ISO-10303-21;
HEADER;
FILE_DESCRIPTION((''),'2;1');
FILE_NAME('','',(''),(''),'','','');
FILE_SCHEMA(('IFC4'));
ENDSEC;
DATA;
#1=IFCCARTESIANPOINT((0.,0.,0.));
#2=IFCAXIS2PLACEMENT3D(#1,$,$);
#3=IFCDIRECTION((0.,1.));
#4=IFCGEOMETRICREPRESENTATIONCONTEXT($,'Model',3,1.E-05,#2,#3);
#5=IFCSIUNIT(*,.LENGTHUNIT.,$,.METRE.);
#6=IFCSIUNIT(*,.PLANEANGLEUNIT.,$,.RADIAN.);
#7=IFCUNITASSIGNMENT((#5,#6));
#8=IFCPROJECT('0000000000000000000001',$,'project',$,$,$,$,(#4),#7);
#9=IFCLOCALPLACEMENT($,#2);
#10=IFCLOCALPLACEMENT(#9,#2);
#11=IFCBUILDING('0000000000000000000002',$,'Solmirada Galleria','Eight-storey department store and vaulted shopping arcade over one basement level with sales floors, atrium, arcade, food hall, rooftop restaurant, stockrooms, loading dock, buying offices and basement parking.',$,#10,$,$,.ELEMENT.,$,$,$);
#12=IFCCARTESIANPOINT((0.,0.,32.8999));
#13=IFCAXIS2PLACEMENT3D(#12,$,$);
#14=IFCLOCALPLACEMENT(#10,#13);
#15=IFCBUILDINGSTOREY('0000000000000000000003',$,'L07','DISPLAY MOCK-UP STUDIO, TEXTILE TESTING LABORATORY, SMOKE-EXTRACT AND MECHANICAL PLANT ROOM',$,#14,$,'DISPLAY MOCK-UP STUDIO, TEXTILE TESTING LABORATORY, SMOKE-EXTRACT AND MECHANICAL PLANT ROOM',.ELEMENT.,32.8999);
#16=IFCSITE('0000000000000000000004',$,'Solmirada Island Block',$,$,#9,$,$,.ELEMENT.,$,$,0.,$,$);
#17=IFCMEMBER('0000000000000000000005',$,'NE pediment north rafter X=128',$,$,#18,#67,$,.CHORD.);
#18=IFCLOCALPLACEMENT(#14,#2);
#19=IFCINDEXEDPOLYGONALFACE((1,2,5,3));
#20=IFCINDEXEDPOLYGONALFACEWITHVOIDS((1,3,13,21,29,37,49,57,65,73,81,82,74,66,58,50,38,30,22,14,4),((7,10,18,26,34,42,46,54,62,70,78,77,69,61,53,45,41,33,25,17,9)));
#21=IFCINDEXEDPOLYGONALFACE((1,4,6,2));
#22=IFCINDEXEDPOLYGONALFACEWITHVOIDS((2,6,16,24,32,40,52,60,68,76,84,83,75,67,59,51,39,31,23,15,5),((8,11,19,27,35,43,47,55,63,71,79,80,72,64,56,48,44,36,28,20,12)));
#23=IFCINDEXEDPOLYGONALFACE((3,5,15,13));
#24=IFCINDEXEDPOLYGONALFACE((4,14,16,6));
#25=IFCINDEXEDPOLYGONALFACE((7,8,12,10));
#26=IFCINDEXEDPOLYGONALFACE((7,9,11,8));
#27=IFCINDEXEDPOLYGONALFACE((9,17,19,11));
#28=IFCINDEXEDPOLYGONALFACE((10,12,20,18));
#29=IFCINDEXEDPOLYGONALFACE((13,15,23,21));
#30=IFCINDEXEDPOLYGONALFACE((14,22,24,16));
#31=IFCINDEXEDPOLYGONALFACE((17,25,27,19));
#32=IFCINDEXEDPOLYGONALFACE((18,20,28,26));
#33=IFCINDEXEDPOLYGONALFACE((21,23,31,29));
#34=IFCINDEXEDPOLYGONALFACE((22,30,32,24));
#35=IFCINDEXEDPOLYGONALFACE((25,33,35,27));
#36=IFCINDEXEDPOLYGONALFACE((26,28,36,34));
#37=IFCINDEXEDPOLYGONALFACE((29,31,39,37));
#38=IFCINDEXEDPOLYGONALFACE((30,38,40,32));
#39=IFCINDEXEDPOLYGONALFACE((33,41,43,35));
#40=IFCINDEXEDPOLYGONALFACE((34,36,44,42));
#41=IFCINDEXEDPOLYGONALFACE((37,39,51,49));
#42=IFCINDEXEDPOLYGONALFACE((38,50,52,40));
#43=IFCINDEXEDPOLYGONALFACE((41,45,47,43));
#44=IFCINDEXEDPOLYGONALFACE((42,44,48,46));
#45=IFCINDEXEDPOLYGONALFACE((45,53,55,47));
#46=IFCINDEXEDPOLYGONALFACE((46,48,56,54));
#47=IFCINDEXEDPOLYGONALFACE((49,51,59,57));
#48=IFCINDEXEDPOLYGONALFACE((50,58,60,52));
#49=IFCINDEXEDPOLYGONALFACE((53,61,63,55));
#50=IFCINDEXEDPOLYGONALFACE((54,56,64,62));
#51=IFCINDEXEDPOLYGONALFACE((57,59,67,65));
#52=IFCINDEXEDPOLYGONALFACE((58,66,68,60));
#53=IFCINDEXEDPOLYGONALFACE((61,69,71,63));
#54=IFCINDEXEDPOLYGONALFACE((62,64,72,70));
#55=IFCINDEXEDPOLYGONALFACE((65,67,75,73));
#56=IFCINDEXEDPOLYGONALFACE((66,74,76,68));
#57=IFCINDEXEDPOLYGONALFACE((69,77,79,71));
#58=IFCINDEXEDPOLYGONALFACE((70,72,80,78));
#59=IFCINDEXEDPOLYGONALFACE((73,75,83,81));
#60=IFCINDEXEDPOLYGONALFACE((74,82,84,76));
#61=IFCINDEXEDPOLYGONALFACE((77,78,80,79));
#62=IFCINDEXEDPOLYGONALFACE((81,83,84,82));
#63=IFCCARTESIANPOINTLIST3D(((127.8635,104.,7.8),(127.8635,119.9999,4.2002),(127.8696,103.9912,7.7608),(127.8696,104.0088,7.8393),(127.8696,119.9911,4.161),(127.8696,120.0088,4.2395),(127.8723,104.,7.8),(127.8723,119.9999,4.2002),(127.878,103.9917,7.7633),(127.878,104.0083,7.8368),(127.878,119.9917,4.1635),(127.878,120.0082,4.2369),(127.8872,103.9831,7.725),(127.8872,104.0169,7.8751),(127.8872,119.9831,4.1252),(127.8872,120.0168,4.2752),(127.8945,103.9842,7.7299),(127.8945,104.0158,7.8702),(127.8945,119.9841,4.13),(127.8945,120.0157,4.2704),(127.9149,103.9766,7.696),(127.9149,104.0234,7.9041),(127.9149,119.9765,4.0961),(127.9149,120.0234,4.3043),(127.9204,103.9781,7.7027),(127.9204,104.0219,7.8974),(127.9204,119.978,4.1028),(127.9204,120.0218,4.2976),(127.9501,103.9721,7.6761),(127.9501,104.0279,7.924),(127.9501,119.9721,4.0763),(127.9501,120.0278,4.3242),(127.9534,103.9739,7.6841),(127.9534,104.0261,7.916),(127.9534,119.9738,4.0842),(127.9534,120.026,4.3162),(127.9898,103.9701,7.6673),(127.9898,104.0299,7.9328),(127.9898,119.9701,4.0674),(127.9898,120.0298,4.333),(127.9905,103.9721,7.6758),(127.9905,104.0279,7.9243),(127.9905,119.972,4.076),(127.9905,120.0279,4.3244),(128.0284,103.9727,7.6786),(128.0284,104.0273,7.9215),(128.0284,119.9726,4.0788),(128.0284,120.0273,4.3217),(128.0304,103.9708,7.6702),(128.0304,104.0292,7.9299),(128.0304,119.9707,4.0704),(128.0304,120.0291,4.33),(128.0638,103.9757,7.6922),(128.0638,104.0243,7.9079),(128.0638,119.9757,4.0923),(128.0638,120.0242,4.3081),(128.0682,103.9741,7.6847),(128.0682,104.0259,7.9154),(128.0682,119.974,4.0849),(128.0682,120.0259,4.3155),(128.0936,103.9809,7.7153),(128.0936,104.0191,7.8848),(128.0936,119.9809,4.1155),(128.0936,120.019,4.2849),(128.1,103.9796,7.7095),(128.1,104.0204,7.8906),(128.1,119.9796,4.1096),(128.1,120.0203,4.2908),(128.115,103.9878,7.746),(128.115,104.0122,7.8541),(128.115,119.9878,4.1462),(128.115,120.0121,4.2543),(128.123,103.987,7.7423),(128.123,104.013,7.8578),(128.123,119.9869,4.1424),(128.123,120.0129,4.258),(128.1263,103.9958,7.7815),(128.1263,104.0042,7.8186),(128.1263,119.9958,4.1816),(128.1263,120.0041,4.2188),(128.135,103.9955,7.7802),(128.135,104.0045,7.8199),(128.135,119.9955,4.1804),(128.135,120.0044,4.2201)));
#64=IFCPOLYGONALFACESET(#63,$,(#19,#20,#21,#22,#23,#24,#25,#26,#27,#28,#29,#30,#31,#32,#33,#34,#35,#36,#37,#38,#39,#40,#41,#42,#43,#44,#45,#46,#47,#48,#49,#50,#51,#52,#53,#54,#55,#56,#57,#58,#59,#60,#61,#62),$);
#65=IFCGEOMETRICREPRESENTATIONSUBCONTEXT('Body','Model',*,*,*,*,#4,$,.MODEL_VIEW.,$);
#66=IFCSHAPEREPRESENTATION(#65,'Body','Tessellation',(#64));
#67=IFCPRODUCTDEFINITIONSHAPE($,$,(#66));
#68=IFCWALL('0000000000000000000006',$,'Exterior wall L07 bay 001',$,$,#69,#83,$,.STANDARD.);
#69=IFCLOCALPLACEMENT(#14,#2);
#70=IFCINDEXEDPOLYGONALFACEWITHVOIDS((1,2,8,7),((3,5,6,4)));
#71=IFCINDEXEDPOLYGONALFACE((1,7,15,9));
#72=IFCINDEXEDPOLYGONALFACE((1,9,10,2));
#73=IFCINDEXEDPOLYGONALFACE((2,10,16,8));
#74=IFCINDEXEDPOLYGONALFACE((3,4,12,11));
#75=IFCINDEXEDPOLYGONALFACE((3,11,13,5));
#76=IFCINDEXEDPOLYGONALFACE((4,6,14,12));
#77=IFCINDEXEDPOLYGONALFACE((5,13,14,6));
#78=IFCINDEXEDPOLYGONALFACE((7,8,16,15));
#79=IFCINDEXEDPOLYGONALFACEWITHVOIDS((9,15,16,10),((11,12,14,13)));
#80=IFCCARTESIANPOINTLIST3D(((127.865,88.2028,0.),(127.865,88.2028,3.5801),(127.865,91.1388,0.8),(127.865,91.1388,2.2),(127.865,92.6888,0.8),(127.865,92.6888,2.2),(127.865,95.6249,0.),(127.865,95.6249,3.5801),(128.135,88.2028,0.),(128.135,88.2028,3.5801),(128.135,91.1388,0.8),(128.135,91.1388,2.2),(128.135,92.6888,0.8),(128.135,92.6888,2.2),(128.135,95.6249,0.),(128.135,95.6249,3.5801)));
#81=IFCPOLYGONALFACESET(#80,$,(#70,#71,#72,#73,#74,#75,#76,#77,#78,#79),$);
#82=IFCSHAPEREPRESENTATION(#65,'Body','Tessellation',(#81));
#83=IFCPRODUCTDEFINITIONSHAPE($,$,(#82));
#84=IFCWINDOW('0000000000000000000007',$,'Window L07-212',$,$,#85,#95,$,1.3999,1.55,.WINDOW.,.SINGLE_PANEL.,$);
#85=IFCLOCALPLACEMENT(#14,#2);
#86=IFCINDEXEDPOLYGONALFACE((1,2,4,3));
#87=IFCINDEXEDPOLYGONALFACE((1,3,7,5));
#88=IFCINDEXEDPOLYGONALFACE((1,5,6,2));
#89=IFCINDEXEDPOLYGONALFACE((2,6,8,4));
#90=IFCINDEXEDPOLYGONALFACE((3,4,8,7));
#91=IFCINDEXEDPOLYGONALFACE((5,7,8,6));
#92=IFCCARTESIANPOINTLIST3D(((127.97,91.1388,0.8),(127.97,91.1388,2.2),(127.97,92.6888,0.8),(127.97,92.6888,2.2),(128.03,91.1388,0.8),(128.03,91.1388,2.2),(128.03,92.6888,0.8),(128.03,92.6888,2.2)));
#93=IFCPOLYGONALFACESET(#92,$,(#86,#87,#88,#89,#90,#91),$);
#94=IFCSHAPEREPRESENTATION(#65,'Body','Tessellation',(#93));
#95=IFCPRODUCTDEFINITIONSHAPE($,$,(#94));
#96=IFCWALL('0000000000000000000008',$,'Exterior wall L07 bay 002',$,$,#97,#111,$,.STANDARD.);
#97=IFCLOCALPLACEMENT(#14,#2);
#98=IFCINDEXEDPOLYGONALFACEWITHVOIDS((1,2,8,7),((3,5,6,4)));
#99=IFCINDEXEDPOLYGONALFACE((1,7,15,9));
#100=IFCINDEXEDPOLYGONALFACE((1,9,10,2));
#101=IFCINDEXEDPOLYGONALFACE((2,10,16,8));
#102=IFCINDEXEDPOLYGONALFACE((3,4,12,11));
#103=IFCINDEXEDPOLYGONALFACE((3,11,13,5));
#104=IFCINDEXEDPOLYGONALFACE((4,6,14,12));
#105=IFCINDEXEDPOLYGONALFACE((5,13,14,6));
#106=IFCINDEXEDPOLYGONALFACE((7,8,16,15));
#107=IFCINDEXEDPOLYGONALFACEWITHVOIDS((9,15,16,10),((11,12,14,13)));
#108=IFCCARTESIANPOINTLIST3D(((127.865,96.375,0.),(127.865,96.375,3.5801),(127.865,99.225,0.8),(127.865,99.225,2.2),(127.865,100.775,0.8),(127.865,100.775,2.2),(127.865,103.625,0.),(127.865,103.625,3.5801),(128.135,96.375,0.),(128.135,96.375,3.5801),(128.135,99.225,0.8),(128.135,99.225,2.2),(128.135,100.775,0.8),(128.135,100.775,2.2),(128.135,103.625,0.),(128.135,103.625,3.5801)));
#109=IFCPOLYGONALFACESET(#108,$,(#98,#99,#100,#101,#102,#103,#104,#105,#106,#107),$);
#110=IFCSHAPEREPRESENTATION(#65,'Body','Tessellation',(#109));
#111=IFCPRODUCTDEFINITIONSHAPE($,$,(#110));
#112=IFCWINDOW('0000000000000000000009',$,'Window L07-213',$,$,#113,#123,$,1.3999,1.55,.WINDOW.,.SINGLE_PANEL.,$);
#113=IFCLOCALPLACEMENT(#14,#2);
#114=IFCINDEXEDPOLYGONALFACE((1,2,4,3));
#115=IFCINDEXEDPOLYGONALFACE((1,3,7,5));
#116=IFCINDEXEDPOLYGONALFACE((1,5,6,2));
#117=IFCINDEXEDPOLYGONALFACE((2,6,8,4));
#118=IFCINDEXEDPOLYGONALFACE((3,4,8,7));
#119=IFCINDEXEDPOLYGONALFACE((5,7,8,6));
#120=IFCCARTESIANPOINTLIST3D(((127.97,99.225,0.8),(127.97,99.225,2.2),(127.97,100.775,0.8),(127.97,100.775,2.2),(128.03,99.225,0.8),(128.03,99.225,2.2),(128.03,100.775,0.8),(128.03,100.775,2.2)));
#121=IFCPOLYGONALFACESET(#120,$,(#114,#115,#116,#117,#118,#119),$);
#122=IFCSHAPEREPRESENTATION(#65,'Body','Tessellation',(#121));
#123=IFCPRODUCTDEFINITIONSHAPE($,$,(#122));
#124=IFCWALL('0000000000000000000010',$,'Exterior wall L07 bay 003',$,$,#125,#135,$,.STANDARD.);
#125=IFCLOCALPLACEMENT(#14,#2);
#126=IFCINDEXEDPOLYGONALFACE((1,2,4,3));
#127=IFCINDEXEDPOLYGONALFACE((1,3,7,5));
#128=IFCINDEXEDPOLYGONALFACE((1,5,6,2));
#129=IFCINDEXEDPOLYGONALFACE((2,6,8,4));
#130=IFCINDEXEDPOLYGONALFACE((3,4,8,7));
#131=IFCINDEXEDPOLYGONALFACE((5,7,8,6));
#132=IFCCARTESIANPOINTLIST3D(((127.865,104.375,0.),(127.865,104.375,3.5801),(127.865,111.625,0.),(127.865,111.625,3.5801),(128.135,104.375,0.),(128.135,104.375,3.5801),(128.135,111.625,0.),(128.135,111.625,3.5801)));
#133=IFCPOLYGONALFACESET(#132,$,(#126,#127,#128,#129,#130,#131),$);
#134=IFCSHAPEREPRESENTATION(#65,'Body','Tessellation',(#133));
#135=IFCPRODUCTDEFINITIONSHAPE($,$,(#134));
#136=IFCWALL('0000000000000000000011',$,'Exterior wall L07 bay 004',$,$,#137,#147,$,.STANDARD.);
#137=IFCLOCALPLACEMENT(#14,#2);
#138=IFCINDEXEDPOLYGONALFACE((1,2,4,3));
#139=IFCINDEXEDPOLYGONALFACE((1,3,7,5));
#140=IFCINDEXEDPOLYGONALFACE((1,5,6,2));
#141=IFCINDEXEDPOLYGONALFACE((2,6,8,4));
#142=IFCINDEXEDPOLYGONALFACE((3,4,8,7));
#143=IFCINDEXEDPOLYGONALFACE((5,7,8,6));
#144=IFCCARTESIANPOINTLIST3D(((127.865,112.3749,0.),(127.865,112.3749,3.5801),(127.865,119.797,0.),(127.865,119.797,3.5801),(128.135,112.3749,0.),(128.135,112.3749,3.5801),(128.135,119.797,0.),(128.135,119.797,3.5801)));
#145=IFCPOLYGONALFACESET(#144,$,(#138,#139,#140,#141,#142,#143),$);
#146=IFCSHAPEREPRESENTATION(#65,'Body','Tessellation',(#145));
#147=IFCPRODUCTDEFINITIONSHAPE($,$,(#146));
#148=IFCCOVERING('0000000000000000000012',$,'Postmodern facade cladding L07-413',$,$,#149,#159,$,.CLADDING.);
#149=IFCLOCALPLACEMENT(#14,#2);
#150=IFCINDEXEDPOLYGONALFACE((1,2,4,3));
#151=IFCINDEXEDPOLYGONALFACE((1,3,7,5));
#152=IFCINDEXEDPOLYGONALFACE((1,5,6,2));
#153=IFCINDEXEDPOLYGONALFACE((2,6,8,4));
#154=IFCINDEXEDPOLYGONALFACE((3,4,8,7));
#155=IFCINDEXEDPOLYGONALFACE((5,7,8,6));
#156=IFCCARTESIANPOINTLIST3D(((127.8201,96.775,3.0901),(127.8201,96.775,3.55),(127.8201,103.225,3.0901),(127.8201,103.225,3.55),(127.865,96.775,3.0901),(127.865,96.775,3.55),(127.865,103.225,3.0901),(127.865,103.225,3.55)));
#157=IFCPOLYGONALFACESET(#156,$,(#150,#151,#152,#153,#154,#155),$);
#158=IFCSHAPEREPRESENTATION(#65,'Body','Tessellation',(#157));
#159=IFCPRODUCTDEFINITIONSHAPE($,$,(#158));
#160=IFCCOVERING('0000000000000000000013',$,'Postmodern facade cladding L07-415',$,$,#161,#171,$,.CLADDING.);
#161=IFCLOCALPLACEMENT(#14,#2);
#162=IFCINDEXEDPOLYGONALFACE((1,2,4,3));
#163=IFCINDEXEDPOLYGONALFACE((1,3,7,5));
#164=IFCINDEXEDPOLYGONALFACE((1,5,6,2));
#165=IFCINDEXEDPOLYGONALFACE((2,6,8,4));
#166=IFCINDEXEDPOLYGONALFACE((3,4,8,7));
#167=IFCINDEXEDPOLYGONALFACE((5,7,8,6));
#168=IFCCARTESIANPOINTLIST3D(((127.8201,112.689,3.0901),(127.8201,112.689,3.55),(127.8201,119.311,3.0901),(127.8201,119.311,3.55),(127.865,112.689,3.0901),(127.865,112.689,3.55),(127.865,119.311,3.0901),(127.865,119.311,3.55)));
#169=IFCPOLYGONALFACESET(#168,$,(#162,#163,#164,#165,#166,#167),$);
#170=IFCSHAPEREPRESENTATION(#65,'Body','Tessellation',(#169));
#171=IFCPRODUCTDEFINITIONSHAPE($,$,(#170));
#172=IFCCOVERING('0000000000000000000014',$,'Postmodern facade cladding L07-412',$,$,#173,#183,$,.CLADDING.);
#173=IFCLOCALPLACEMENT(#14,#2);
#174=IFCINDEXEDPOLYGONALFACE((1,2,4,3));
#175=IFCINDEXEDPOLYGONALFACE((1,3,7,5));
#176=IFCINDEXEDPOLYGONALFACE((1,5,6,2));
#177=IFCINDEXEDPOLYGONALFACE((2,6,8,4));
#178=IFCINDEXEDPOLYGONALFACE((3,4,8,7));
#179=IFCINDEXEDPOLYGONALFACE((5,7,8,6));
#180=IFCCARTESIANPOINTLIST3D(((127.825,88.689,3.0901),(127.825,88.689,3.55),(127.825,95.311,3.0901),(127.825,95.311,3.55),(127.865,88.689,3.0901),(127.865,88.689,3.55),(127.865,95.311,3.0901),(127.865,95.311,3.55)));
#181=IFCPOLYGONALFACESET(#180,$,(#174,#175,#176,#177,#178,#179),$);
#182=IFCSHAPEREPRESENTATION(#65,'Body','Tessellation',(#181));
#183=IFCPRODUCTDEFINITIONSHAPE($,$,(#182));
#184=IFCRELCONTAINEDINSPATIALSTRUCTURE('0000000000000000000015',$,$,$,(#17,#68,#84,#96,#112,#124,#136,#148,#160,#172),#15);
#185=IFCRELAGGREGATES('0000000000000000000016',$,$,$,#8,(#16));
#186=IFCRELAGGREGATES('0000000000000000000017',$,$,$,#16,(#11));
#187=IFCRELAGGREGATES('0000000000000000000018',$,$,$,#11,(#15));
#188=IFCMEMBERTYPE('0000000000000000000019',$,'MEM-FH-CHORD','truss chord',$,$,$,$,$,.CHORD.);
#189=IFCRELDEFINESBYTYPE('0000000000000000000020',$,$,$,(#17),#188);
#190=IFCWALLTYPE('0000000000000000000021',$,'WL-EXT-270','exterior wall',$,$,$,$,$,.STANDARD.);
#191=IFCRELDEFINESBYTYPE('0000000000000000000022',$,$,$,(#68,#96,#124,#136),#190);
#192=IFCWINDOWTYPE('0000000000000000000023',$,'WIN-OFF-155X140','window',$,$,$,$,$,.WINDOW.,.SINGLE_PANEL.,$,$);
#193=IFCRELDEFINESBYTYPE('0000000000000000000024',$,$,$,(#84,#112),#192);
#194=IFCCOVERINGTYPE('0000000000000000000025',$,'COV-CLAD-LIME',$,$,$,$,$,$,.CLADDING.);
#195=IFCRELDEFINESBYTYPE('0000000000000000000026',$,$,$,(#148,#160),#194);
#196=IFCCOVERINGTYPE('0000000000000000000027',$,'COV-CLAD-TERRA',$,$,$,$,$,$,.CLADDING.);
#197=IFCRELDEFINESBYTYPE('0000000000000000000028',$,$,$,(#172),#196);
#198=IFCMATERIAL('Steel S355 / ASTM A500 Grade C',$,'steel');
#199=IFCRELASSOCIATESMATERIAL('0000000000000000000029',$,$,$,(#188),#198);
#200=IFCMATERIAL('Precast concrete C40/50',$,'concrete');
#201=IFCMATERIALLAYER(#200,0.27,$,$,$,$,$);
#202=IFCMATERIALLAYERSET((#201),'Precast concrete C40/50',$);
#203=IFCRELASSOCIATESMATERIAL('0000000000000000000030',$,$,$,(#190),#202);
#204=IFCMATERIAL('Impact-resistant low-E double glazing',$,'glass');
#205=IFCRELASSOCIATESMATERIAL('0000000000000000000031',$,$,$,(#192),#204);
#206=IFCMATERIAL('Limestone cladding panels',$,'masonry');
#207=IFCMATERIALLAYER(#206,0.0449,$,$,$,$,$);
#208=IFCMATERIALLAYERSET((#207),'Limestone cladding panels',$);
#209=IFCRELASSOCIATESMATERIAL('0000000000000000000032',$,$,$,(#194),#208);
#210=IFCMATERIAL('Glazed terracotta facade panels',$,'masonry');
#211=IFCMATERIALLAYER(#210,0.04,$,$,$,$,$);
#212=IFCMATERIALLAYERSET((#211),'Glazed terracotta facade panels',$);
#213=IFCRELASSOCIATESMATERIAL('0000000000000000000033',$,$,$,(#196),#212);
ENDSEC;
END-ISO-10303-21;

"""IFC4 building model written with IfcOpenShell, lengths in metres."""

from ifc_helpers import new_model, si_unit, direction, frame, frame_2d, origin, origin_2d, place, context, subcontext, project, spatial, rectangle, hollow_circle, extrude, material, layer, layer_set, material_profile, profile_set, type_object, element, fill, save


model = new_model("IFC4")

# Units and contexts
model_context = context("Model", 3, precision=1e-05, world=origin(), true_north=direction((0.0, 1.0)))
body_context = subcontext(model_context, "Body", "Model", "MODEL_VIEW")
ifc_project = project(units=[si_unit("LENGTHUNIT", "METRE"), si_unit("PLANEANGLEUNIT", "RADIAN")], contexts=[model_context])

# Site, building, storey
site_placement = place(None, origin())
site = spatial("IfcSite", under=ifc_project, at=site_placement, Name="Solmirada Island Block", CompositionType="ELEMENT", RefElevation=0.0)
building_placement = place(site_placement, origin())
building = spatial("IfcBuilding", under=site, at=building_placement, Name="Solmirada Galleria", Description="Eight-storey department store and vaulted shopping arcade over one basement level with sales floors, atrium, arcade, food hall, rooftop restaurant, stockrooms, loading dock, buying offices and basement parking.", CompositionType="ELEMENT")
storey_placement = place(building_placement, frame((0.0, 0.0, 32.8999)))
storey = spatial("IfcBuildingStorey", under=building, at=storey_placement, Name="L07", Description="DISPLAY MOCK-UP STUDIO, TEXTILE TESTING LABORATORY, SMOKE-EXTRACT AND MECHANICAL PLANT ROOM", LongName="DISPLAY MOCK-UP STUDIO, TEXTILE TESTING LABORATORY, SMOKE-EXTRACT AND MECHANICAL PLANT ROOM", CompositionType="ELEMENT", Elevation=32.8999)

# Shared definitions
ifc_material_1 = material(Name="Steel S355 / ASTM A500 Grade C", Category="steel")

# Member
ifc_material_profile_1 = material_profile(ifc_material_1, hollow_circle(Radius=0.1365, WallThickness=0.0088, at=origin_2d()), Name="HSS10.750X0.375")
ifc_profile_set_1 = profile_set([ifc_material_profile_1], Name="Steel S355 / ASTM A500 Grade C")
member_type_1 = type_object("IfcMemberType", Name="MEM-FH-CHORD", Description="truss chord", PredefinedType="CHORD", material=ifc_profile_set_1)
for number, where, z_axis, x_axis, name in (
    (1, (128.0, 104.0, 7.8), (0.0, 0.975612, -0.219504), (-1.0, 0.0, 0.0), "NE pediment north rafter X=128"),
):
    element("IfcMember", number, at=place(storey_placement, frame(where, z_axis=z_axis, x_axis=x_axis)), inside=storey, type_object=member_type_1, Name=name, PredefinedType="CHORD", context=body_context, shape_type="SweptSolid", body=[
        extrude(hollow_circle(Radius=0.1365, WallThickness=0.0088, at=origin_2d()), origin(), (0.0, 0.0, 1.0), 16.3999),
    ])

# Walls, openings, windows
ifc_material_2 = material(Name="Precast concrete C40/50", Category="concrete")
ifc_layer_1 = layer(ifc_material_2, 0.27)
ifc_layer_set_1 = layer_set([ifc_layer_1], Name="Precast concrete C40/50")
wall_type = type_object("IfcWallType", Name="WL-EXT-270", Description="exterior wall", PredefinedType="STANDARD", material=ifc_layer_set_1)
wall_1_placement = place(storey_placement, frame((128.0, 88.2029, 0.0), z_axis=(0.0, 0.0, 1.0), x_axis=(0.0, 1.0, 0.0)))
wall_1 = element("IfcWall", 2, at=wall_1_placement, inside=storey, type_object=wall_type, Name="Exterior wall L07 bay 001", PredefinedType="STANDARD", context=body_context, shape_type="SweptSolid", body=[
    extrude(rectangle(XDim=7.4221, YDim=0.27, at=frame_2d((3.7109, 0.0))), origin(), (0.0, 0.0, 1.0), 3.5801),
])
opening_1_placement = place(wall_1_placement, frame((2.936, 0.0, 0.8)))
opening_1 = element("IfcOpeningElement", 3, at=opening_1_placement, cuts=wall_1, PredefinedType="OPENING", context=body_context, shape_type="SweptSolid", body=[
    extrude(rectangle(XDim=1.55, YDim=1.3999, at=frame_2d((0.7749, 0.7))), frame((0.0, 0.145, 0.0), z_axis=(0.0, -1.0, 0.0), x_axis=(1.0, 0.0, 0.0)), (0.0, 0.0, 1.0), 0.29),
])
ifc_material_3 = material(Name="Impact-resistant low-E double glazing", Category="glass")
window_type = type_object("IfcWindowType", Name="WIN-OFF-155X140", Description="window", PartitioningType="SINGLE_PANEL", PredefinedType="WINDOW", material=ifc_material_3)
window_1_placement = place(opening_1_placement, origin())
window_1 = element("IfcWindow", 4, at=window_1_placement, inside=storey, type_object=window_type, Name="Window L07-212", OverallHeight=1.3999, OverallWidth=1.55, PartitioningType="SINGLE_PANEL", PredefinedType="WINDOW", context=body_context, shape_type="SweptSolid", body=[
    extrude(rectangle(XDim=1.55, YDim=1.3999, at=frame_2d((0.7749, 0.7))), frame((0.0, 0.03, 0.0), z_axis=(0.0, -1.0, 0.0), x_axis=(1.0, 0.0, 0.0)), (0.0, 0.0, 1.0), 0.0601),
])
fill(opening_1, window_1)
wall_2_placement = place(storey_placement, frame((128.0, 96.375, 0.0), z_axis=(0.0, 0.0, 1.0), x_axis=(0.0, 1.0, 0.0)))
wall_2 = element("IfcWall", 5, at=wall_2_placement, inside=storey, type_object=wall_type, Name="Exterior wall L07 bay 002", PredefinedType="STANDARD", context=body_context, shape_type="SweptSolid", body=[
    extrude(rectangle(XDim=7.25, YDim=0.27, at=frame_2d((3.625, 0.0))), origin(), (0.0, 0.0, 1.0), 3.5801),
])
opening_2_placement = place(wall_2_placement, frame((2.8501, 0.0, 0.8)))
opening_2 = element("IfcOpeningElement", 6, at=opening_2_placement, cuts=wall_2, PredefinedType="OPENING", context=body_context, shape_type="SweptSolid", body=[
    extrude(rectangle(XDim=1.55, YDim=1.3999, at=frame_2d((0.7749, 0.7))), frame((0.0, 0.145, 0.0), z_axis=(0.0, -1.0, 0.0), x_axis=(1.0, 0.0, 0.0)), (0.0, 0.0, 1.0), 0.29),
])
window_2_placement = place(opening_2_placement, origin())
window_2 = element("IfcWindow", 7, at=window_2_placement, inside=storey, type_object=window_type, Name="Window L07-213", OverallHeight=1.3999, OverallWidth=1.55, PartitioningType="SINGLE_PANEL", PredefinedType="WINDOW", context=body_context, shape_type="SweptSolid", body=[
    extrude(rectangle(XDim=1.55, YDim=1.3999, at=frame_2d((0.7749, 0.7))), frame((0.0, 0.03, 0.0), z_axis=(0.0, -1.0, 0.0), x_axis=(1.0, 0.0, 0.0)), (0.0, 0.0, 1.0), 0.0601),
])
fill(opening_2, window_2)

# Walls
wall_3_placement = place(storey_placement, frame((128.0, 104.375, 0.0), z_axis=(0.0, 0.0, 1.0), x_axis=(0.0, 1.0, 0.0)))
element("IfcWall", 8, at=wall_3_placement, inside=storey, type_object=wall_type, Name="Exterior wall L07 bay 003", PredefinedType="STANDARD", context=body_context, shape_type="SweptSolid", body=[
    extrude(rectangle(XDim=7.25, YDim=0.27, at=frame_2d((3.625, 0.0))), origin(), (0.0, 0.0, 1.0), 3.5801),
])
wall_4_placement = place(storey_placement, frame((128.0, 112.375, 0.0), z_axis=(0.0, 0.0, 1.0), x_axis=(0.0, 1.0, 0.0)))
element("IfcWall", 9, at=wall_4_placement, inside=storey, type_object=wall_type, Name="Exterior wall L07 bay 004", PredefinedType="STANDARD", context=body_context, shape_type="SweptSolid", body=[
    extrude(rectangle(XDim=7.4221, YDim=0.27, at=frame_2d((3.7109, 0.0))), origin(), (0.0, 0.0, 1.0), 3.5801),
])

# Coverings
ifc_material_4 = material(Name="Limestone cladding panels", Category="masonry")
ifc_layer_2 = layer(ifc_material_4, 0.0449)
ifc_layer_set_2 = layer_set([ifc_layer_2], Name="Limestone cladding panels")
covering_type_1 = type_object("IfcCoveringType", Name="COV-CLAD-LIME", PredefinedType="CLADDING", material=ifc_layer_set_2)
covering_1_placement = place(storey_placement, frame((127.8425, 100.0, 3.0901), z_axis=(0.0, 0.0, 1.0), x_axis=(0.0, 1.0, 0.0)))
element("IfcCovering", 10, at=covering_1_placement, inside=storey, type_object=covering_type_1, Name="Postmodern facade cladding L07-413", PredefinedType="CLADDING", context=body_context, shape_type="SweptSolid", body=[
    extrude(rectangle(XDim=6.45, YDim=0.0449, at=origin_2d()), origin(), (0.0, 0.0, 1.0), 0.46),
])
covering_2_placement = place(storey_placement, frame((127.8425, 116.0, 3.0901), z_axis=(0.0, 0.0, 1.0), x_axis=(0.0, 1.0, 0.0)))
element("IfcCovering", 11, at=covering_2_placement, inside=storey, type_object=covering_type_1, Name="Postmodern facade cladding L07-415", PredefinedType="CLADDING", context=body_context, shape_type="SweptSolid", body=[
    extrude(rectangle(XDim=6.6221, YDim=0.0449, at=origin_2d()), origin(), (0.0, 0.0, 1.0), 0.46),
])
ifc_material_5 = material(Name="Glazed terracotta facade panels", Category="masonry")
ifc_layer_3 = layer(ifc_material_5, 0.04)
ifc_layer_set_3 = layer_set([ifc_layer_3], Name="Glazed terracotta facade panels")
covering_type_2 = type_object("IfcCoveringType", Name="COV-CLAD-TERRA", PredefinedType="CLADDING", material=ifc_layer_set_3)
covering_3_placement = place(storey_placement, frame((127.845, 92.0, 3.0901), z_axis=(0.0, 0.0, 1.0), x_axis=(0.0, 1.0, 0.0)))
element("IfcCovering", 12, at=covering_3_placement, inside=storey, type_object=covering_type_2, Name="Postmodern facade cladding L07-412", PredefinedType="CLADDING", context=body_context, shape_type="SweptSolid", body=[
    extrude(rectangle(XDim=6.6221, YDim=0.04, at=origin_2d()), origin(), (0.0, 0.0, 1.0), 0.46),
])

save(model, "model.ifc")
